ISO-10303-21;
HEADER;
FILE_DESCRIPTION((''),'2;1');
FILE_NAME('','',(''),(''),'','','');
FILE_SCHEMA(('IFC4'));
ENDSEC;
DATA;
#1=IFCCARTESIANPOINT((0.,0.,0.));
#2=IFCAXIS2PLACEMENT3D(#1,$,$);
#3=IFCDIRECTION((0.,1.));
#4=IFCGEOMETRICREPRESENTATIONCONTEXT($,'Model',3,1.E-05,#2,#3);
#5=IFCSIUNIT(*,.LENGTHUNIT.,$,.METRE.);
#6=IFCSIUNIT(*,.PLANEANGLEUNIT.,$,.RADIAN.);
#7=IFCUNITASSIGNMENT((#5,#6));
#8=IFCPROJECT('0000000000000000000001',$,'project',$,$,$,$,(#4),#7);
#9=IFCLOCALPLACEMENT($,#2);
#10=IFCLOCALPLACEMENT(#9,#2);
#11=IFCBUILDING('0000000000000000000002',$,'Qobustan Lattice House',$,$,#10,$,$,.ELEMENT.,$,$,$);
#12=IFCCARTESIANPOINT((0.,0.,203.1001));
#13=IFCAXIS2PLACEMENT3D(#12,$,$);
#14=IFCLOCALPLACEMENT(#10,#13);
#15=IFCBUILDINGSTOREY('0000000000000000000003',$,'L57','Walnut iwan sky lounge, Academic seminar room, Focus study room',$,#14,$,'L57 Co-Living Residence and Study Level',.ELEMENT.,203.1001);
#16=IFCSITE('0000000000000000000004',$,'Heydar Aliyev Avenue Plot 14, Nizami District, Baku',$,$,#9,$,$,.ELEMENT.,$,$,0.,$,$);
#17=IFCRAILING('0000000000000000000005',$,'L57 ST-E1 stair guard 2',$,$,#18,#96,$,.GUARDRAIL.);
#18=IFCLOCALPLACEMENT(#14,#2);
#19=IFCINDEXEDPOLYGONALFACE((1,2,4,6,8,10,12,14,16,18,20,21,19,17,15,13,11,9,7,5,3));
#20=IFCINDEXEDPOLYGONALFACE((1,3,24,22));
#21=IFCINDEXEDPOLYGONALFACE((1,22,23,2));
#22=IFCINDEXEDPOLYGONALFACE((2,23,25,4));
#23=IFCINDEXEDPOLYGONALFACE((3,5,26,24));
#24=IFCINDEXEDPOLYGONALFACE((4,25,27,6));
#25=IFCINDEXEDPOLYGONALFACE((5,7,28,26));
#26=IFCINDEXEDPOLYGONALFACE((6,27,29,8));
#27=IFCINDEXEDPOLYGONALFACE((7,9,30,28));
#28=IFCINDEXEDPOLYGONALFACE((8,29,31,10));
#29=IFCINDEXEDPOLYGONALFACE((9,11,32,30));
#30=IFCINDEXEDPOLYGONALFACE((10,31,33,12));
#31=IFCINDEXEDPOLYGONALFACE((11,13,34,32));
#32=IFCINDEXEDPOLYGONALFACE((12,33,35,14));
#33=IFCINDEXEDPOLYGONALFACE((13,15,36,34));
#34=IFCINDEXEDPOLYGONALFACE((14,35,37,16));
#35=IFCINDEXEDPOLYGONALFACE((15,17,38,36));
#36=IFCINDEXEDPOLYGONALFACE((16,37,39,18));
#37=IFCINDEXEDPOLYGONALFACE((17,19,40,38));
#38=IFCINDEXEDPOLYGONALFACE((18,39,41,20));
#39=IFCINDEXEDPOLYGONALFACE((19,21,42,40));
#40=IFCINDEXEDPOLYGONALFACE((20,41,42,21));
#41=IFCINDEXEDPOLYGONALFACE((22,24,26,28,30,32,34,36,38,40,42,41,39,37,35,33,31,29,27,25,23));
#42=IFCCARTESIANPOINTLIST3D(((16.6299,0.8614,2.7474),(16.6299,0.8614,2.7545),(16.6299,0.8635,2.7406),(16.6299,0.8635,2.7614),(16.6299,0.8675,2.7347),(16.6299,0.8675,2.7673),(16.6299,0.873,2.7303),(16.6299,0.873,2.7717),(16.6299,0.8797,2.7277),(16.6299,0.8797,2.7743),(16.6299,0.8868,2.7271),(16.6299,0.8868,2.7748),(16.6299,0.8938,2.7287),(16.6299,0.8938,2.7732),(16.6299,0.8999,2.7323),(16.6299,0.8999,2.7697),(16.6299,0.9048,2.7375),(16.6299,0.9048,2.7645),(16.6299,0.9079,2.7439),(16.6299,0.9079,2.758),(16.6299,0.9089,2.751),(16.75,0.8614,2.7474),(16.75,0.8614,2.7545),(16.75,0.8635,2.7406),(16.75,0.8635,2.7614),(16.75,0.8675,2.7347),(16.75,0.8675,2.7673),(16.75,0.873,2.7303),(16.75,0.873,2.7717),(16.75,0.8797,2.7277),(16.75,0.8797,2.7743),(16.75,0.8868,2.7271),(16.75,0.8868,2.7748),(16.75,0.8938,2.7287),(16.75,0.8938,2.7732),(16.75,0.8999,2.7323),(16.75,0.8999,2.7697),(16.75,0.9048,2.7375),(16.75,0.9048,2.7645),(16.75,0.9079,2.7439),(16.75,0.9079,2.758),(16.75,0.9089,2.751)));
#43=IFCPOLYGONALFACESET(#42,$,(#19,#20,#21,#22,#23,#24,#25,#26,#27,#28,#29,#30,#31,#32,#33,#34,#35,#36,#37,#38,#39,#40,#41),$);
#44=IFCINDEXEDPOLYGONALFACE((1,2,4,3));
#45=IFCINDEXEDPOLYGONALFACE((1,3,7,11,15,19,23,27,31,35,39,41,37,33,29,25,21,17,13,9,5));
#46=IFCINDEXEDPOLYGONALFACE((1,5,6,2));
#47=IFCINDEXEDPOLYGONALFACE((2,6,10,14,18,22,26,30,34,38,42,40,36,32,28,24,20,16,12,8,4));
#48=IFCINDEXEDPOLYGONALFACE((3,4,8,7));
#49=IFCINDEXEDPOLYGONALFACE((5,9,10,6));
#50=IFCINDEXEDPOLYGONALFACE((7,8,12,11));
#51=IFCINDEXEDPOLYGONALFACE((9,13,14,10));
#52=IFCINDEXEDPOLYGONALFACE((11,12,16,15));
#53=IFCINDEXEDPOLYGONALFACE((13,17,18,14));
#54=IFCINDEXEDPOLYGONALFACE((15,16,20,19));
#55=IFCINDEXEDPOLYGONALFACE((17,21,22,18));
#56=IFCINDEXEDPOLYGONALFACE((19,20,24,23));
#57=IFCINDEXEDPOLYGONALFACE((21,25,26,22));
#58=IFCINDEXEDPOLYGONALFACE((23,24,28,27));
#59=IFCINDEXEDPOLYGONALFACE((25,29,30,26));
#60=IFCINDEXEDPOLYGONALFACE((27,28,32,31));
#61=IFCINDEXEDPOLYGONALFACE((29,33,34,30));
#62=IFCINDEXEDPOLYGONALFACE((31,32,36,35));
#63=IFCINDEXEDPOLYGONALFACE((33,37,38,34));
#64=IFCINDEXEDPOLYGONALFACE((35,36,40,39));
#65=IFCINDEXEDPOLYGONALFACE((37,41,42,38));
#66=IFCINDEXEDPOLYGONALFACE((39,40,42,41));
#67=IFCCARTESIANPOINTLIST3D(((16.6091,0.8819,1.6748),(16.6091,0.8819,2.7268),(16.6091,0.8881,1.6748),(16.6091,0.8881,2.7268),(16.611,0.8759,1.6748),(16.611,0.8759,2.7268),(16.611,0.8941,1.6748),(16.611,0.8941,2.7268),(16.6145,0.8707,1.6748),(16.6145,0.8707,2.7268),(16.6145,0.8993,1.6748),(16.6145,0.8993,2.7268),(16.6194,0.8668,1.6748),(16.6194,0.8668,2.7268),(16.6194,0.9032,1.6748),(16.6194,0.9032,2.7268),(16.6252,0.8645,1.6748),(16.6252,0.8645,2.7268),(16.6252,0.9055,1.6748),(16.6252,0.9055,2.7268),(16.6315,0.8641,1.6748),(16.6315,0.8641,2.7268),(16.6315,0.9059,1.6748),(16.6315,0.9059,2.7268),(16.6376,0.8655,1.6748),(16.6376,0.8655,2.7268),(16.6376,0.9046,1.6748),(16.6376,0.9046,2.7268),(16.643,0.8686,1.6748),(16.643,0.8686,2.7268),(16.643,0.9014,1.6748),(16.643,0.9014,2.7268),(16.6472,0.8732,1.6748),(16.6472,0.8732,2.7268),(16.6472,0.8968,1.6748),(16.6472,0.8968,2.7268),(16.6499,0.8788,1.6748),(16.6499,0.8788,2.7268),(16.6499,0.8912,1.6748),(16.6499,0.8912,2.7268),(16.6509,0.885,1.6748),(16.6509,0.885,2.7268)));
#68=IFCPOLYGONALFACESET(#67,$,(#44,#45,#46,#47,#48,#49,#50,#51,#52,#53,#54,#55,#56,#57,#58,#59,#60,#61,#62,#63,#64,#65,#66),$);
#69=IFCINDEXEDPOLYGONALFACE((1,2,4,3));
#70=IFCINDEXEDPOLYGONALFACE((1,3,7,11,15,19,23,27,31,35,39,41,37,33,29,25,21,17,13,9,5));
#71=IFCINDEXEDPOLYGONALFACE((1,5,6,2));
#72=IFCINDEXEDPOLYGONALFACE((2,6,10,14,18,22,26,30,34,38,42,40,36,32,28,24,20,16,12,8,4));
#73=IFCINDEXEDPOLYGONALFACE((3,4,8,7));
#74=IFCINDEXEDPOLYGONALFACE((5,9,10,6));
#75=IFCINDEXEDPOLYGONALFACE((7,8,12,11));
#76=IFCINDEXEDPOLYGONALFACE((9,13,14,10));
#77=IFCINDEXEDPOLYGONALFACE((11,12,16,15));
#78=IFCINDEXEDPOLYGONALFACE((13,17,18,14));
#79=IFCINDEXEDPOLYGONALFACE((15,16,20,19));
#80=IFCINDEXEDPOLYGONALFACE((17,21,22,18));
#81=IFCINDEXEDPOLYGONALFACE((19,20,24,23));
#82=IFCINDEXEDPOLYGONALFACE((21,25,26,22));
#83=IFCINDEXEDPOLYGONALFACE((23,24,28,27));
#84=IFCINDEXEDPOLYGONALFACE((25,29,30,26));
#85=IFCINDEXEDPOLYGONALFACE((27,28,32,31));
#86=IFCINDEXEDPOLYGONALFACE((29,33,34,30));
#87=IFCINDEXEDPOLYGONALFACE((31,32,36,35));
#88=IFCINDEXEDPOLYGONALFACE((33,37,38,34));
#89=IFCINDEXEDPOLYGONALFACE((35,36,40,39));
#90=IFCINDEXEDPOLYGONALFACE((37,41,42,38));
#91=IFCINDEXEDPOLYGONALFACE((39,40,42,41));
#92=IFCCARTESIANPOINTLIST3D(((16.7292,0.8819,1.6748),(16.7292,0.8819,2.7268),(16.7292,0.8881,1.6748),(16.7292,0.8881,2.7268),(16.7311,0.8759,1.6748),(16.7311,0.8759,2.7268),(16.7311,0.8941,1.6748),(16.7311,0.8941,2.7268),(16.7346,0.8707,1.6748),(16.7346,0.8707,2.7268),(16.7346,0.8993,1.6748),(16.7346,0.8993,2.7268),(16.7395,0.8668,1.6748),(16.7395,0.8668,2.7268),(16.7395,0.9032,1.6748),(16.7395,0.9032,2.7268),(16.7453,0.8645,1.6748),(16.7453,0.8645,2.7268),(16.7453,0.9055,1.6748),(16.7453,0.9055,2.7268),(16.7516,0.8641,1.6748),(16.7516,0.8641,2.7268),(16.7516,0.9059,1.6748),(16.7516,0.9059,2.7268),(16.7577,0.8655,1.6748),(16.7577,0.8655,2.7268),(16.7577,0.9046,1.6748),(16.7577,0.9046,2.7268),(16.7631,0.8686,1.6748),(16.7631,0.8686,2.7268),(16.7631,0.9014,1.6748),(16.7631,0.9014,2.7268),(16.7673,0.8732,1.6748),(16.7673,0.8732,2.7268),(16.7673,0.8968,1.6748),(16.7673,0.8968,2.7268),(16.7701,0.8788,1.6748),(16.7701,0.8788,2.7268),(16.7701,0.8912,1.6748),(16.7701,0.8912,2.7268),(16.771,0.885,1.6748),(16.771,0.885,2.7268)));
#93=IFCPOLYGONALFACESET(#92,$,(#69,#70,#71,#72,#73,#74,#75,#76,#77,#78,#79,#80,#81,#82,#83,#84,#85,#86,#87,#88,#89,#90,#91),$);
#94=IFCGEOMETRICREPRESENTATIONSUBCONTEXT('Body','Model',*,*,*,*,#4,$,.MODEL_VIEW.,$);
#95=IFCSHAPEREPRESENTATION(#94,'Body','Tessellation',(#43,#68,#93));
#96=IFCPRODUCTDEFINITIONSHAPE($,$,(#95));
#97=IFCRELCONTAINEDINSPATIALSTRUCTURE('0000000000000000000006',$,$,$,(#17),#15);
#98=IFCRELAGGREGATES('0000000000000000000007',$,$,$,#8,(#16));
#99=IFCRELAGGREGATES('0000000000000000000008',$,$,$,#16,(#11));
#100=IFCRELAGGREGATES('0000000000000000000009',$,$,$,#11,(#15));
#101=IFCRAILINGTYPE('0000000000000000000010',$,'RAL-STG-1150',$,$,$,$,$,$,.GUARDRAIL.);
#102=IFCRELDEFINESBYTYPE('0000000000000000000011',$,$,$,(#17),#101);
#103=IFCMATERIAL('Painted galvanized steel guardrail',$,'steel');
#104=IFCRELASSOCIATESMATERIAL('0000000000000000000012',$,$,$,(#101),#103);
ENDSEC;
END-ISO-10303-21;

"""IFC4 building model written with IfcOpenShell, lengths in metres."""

from ifc_helpers import new_model, si_unit, direction, frame, origin, origin_2d, place, context, subcontext, project, spatial, circle, extrude, material, type_object, element, save


model = new_model("IFC4")

# Units and contexts
model_context = context("Model", 3, precision=1e-05, world=origin(), true_north=direction((0.0, 1.0)))
body_context = subcontext(model_context, "Body", "Model", "MODEL_VIEW")
ifc_project = project(units=[si_unit("LENGTHUNIT", "METRE"), si_unit("PLANEANGLEUNIT", "RADIAN")], contexts=[model_context])

# Site, building, storey
site_placement = place(None, origin())
site = spatial("IfcSite", under=ifc_project, at=site_placement, Name="Heydar Aliyev Avenue Plot 14, Nizami District, Baku", CompositionType="ELEMENT", RefElevation=0.0)
building_placement = place(site_placement, origin())
building = spatial("IfcBuilding", under=site, at=building_placement, Name="Qobustan Lattice House", CompositionType="ELEMENT")
storey_placement = place(building_placement, frame((0.0, 0.0, 203.1001)))
storey = spatial("IfcBuildingStorey", under=building, at=storey_placement, Name="L57", Description="Walnut iwan sky lounge, Academic seminar room, Focus study room", LongName="L57 Co-Living Residence and Study Level", CompositionType="ELEMENT", Elevation=203.1001)

# Railing
ifc_material_1 = material(Name="Painted galvanized steel guardrail", Category="steel")
railing_type_1 = type_object("IfcRailingType", Name="RAL-STG-1150", PredefinedType="GUARDRAIL", material=ifc_material_1)
railing_1_placement = place(storey_placement, frame((16.6299, 0.885, 1.6748)))
element("IfcRailing", 1, at=railing_1_placement, inside=storey, type_object=railing_type_1, Name="L57 ST-E1 stair guard 2", PredefinedType="GUARDRAIL", context=body_context, shape_type="SweptSolid", body=[
    extrude(circle(Radius=0.0239, at=origin_2d()), frame((0.0, 0.0, 1.0762), z_axis=(1.0, 0.0, 0.0), x_axis=(0.0, 1.0, 0.0)), (0.0, 0.0, 1.0), 0.1201),
    extrude(circle(Radius=0.021, at=origin_2d()), origin(), (0.0, 0.0, 1.0), 1.052),
    extrude(circle(Radius=0.021, at=origin_2d()), frame((0.1201, 0.0, 0.0)), (0.0, 0.0, 1.0), 1.052),
])

save(model, "model.ifc")
